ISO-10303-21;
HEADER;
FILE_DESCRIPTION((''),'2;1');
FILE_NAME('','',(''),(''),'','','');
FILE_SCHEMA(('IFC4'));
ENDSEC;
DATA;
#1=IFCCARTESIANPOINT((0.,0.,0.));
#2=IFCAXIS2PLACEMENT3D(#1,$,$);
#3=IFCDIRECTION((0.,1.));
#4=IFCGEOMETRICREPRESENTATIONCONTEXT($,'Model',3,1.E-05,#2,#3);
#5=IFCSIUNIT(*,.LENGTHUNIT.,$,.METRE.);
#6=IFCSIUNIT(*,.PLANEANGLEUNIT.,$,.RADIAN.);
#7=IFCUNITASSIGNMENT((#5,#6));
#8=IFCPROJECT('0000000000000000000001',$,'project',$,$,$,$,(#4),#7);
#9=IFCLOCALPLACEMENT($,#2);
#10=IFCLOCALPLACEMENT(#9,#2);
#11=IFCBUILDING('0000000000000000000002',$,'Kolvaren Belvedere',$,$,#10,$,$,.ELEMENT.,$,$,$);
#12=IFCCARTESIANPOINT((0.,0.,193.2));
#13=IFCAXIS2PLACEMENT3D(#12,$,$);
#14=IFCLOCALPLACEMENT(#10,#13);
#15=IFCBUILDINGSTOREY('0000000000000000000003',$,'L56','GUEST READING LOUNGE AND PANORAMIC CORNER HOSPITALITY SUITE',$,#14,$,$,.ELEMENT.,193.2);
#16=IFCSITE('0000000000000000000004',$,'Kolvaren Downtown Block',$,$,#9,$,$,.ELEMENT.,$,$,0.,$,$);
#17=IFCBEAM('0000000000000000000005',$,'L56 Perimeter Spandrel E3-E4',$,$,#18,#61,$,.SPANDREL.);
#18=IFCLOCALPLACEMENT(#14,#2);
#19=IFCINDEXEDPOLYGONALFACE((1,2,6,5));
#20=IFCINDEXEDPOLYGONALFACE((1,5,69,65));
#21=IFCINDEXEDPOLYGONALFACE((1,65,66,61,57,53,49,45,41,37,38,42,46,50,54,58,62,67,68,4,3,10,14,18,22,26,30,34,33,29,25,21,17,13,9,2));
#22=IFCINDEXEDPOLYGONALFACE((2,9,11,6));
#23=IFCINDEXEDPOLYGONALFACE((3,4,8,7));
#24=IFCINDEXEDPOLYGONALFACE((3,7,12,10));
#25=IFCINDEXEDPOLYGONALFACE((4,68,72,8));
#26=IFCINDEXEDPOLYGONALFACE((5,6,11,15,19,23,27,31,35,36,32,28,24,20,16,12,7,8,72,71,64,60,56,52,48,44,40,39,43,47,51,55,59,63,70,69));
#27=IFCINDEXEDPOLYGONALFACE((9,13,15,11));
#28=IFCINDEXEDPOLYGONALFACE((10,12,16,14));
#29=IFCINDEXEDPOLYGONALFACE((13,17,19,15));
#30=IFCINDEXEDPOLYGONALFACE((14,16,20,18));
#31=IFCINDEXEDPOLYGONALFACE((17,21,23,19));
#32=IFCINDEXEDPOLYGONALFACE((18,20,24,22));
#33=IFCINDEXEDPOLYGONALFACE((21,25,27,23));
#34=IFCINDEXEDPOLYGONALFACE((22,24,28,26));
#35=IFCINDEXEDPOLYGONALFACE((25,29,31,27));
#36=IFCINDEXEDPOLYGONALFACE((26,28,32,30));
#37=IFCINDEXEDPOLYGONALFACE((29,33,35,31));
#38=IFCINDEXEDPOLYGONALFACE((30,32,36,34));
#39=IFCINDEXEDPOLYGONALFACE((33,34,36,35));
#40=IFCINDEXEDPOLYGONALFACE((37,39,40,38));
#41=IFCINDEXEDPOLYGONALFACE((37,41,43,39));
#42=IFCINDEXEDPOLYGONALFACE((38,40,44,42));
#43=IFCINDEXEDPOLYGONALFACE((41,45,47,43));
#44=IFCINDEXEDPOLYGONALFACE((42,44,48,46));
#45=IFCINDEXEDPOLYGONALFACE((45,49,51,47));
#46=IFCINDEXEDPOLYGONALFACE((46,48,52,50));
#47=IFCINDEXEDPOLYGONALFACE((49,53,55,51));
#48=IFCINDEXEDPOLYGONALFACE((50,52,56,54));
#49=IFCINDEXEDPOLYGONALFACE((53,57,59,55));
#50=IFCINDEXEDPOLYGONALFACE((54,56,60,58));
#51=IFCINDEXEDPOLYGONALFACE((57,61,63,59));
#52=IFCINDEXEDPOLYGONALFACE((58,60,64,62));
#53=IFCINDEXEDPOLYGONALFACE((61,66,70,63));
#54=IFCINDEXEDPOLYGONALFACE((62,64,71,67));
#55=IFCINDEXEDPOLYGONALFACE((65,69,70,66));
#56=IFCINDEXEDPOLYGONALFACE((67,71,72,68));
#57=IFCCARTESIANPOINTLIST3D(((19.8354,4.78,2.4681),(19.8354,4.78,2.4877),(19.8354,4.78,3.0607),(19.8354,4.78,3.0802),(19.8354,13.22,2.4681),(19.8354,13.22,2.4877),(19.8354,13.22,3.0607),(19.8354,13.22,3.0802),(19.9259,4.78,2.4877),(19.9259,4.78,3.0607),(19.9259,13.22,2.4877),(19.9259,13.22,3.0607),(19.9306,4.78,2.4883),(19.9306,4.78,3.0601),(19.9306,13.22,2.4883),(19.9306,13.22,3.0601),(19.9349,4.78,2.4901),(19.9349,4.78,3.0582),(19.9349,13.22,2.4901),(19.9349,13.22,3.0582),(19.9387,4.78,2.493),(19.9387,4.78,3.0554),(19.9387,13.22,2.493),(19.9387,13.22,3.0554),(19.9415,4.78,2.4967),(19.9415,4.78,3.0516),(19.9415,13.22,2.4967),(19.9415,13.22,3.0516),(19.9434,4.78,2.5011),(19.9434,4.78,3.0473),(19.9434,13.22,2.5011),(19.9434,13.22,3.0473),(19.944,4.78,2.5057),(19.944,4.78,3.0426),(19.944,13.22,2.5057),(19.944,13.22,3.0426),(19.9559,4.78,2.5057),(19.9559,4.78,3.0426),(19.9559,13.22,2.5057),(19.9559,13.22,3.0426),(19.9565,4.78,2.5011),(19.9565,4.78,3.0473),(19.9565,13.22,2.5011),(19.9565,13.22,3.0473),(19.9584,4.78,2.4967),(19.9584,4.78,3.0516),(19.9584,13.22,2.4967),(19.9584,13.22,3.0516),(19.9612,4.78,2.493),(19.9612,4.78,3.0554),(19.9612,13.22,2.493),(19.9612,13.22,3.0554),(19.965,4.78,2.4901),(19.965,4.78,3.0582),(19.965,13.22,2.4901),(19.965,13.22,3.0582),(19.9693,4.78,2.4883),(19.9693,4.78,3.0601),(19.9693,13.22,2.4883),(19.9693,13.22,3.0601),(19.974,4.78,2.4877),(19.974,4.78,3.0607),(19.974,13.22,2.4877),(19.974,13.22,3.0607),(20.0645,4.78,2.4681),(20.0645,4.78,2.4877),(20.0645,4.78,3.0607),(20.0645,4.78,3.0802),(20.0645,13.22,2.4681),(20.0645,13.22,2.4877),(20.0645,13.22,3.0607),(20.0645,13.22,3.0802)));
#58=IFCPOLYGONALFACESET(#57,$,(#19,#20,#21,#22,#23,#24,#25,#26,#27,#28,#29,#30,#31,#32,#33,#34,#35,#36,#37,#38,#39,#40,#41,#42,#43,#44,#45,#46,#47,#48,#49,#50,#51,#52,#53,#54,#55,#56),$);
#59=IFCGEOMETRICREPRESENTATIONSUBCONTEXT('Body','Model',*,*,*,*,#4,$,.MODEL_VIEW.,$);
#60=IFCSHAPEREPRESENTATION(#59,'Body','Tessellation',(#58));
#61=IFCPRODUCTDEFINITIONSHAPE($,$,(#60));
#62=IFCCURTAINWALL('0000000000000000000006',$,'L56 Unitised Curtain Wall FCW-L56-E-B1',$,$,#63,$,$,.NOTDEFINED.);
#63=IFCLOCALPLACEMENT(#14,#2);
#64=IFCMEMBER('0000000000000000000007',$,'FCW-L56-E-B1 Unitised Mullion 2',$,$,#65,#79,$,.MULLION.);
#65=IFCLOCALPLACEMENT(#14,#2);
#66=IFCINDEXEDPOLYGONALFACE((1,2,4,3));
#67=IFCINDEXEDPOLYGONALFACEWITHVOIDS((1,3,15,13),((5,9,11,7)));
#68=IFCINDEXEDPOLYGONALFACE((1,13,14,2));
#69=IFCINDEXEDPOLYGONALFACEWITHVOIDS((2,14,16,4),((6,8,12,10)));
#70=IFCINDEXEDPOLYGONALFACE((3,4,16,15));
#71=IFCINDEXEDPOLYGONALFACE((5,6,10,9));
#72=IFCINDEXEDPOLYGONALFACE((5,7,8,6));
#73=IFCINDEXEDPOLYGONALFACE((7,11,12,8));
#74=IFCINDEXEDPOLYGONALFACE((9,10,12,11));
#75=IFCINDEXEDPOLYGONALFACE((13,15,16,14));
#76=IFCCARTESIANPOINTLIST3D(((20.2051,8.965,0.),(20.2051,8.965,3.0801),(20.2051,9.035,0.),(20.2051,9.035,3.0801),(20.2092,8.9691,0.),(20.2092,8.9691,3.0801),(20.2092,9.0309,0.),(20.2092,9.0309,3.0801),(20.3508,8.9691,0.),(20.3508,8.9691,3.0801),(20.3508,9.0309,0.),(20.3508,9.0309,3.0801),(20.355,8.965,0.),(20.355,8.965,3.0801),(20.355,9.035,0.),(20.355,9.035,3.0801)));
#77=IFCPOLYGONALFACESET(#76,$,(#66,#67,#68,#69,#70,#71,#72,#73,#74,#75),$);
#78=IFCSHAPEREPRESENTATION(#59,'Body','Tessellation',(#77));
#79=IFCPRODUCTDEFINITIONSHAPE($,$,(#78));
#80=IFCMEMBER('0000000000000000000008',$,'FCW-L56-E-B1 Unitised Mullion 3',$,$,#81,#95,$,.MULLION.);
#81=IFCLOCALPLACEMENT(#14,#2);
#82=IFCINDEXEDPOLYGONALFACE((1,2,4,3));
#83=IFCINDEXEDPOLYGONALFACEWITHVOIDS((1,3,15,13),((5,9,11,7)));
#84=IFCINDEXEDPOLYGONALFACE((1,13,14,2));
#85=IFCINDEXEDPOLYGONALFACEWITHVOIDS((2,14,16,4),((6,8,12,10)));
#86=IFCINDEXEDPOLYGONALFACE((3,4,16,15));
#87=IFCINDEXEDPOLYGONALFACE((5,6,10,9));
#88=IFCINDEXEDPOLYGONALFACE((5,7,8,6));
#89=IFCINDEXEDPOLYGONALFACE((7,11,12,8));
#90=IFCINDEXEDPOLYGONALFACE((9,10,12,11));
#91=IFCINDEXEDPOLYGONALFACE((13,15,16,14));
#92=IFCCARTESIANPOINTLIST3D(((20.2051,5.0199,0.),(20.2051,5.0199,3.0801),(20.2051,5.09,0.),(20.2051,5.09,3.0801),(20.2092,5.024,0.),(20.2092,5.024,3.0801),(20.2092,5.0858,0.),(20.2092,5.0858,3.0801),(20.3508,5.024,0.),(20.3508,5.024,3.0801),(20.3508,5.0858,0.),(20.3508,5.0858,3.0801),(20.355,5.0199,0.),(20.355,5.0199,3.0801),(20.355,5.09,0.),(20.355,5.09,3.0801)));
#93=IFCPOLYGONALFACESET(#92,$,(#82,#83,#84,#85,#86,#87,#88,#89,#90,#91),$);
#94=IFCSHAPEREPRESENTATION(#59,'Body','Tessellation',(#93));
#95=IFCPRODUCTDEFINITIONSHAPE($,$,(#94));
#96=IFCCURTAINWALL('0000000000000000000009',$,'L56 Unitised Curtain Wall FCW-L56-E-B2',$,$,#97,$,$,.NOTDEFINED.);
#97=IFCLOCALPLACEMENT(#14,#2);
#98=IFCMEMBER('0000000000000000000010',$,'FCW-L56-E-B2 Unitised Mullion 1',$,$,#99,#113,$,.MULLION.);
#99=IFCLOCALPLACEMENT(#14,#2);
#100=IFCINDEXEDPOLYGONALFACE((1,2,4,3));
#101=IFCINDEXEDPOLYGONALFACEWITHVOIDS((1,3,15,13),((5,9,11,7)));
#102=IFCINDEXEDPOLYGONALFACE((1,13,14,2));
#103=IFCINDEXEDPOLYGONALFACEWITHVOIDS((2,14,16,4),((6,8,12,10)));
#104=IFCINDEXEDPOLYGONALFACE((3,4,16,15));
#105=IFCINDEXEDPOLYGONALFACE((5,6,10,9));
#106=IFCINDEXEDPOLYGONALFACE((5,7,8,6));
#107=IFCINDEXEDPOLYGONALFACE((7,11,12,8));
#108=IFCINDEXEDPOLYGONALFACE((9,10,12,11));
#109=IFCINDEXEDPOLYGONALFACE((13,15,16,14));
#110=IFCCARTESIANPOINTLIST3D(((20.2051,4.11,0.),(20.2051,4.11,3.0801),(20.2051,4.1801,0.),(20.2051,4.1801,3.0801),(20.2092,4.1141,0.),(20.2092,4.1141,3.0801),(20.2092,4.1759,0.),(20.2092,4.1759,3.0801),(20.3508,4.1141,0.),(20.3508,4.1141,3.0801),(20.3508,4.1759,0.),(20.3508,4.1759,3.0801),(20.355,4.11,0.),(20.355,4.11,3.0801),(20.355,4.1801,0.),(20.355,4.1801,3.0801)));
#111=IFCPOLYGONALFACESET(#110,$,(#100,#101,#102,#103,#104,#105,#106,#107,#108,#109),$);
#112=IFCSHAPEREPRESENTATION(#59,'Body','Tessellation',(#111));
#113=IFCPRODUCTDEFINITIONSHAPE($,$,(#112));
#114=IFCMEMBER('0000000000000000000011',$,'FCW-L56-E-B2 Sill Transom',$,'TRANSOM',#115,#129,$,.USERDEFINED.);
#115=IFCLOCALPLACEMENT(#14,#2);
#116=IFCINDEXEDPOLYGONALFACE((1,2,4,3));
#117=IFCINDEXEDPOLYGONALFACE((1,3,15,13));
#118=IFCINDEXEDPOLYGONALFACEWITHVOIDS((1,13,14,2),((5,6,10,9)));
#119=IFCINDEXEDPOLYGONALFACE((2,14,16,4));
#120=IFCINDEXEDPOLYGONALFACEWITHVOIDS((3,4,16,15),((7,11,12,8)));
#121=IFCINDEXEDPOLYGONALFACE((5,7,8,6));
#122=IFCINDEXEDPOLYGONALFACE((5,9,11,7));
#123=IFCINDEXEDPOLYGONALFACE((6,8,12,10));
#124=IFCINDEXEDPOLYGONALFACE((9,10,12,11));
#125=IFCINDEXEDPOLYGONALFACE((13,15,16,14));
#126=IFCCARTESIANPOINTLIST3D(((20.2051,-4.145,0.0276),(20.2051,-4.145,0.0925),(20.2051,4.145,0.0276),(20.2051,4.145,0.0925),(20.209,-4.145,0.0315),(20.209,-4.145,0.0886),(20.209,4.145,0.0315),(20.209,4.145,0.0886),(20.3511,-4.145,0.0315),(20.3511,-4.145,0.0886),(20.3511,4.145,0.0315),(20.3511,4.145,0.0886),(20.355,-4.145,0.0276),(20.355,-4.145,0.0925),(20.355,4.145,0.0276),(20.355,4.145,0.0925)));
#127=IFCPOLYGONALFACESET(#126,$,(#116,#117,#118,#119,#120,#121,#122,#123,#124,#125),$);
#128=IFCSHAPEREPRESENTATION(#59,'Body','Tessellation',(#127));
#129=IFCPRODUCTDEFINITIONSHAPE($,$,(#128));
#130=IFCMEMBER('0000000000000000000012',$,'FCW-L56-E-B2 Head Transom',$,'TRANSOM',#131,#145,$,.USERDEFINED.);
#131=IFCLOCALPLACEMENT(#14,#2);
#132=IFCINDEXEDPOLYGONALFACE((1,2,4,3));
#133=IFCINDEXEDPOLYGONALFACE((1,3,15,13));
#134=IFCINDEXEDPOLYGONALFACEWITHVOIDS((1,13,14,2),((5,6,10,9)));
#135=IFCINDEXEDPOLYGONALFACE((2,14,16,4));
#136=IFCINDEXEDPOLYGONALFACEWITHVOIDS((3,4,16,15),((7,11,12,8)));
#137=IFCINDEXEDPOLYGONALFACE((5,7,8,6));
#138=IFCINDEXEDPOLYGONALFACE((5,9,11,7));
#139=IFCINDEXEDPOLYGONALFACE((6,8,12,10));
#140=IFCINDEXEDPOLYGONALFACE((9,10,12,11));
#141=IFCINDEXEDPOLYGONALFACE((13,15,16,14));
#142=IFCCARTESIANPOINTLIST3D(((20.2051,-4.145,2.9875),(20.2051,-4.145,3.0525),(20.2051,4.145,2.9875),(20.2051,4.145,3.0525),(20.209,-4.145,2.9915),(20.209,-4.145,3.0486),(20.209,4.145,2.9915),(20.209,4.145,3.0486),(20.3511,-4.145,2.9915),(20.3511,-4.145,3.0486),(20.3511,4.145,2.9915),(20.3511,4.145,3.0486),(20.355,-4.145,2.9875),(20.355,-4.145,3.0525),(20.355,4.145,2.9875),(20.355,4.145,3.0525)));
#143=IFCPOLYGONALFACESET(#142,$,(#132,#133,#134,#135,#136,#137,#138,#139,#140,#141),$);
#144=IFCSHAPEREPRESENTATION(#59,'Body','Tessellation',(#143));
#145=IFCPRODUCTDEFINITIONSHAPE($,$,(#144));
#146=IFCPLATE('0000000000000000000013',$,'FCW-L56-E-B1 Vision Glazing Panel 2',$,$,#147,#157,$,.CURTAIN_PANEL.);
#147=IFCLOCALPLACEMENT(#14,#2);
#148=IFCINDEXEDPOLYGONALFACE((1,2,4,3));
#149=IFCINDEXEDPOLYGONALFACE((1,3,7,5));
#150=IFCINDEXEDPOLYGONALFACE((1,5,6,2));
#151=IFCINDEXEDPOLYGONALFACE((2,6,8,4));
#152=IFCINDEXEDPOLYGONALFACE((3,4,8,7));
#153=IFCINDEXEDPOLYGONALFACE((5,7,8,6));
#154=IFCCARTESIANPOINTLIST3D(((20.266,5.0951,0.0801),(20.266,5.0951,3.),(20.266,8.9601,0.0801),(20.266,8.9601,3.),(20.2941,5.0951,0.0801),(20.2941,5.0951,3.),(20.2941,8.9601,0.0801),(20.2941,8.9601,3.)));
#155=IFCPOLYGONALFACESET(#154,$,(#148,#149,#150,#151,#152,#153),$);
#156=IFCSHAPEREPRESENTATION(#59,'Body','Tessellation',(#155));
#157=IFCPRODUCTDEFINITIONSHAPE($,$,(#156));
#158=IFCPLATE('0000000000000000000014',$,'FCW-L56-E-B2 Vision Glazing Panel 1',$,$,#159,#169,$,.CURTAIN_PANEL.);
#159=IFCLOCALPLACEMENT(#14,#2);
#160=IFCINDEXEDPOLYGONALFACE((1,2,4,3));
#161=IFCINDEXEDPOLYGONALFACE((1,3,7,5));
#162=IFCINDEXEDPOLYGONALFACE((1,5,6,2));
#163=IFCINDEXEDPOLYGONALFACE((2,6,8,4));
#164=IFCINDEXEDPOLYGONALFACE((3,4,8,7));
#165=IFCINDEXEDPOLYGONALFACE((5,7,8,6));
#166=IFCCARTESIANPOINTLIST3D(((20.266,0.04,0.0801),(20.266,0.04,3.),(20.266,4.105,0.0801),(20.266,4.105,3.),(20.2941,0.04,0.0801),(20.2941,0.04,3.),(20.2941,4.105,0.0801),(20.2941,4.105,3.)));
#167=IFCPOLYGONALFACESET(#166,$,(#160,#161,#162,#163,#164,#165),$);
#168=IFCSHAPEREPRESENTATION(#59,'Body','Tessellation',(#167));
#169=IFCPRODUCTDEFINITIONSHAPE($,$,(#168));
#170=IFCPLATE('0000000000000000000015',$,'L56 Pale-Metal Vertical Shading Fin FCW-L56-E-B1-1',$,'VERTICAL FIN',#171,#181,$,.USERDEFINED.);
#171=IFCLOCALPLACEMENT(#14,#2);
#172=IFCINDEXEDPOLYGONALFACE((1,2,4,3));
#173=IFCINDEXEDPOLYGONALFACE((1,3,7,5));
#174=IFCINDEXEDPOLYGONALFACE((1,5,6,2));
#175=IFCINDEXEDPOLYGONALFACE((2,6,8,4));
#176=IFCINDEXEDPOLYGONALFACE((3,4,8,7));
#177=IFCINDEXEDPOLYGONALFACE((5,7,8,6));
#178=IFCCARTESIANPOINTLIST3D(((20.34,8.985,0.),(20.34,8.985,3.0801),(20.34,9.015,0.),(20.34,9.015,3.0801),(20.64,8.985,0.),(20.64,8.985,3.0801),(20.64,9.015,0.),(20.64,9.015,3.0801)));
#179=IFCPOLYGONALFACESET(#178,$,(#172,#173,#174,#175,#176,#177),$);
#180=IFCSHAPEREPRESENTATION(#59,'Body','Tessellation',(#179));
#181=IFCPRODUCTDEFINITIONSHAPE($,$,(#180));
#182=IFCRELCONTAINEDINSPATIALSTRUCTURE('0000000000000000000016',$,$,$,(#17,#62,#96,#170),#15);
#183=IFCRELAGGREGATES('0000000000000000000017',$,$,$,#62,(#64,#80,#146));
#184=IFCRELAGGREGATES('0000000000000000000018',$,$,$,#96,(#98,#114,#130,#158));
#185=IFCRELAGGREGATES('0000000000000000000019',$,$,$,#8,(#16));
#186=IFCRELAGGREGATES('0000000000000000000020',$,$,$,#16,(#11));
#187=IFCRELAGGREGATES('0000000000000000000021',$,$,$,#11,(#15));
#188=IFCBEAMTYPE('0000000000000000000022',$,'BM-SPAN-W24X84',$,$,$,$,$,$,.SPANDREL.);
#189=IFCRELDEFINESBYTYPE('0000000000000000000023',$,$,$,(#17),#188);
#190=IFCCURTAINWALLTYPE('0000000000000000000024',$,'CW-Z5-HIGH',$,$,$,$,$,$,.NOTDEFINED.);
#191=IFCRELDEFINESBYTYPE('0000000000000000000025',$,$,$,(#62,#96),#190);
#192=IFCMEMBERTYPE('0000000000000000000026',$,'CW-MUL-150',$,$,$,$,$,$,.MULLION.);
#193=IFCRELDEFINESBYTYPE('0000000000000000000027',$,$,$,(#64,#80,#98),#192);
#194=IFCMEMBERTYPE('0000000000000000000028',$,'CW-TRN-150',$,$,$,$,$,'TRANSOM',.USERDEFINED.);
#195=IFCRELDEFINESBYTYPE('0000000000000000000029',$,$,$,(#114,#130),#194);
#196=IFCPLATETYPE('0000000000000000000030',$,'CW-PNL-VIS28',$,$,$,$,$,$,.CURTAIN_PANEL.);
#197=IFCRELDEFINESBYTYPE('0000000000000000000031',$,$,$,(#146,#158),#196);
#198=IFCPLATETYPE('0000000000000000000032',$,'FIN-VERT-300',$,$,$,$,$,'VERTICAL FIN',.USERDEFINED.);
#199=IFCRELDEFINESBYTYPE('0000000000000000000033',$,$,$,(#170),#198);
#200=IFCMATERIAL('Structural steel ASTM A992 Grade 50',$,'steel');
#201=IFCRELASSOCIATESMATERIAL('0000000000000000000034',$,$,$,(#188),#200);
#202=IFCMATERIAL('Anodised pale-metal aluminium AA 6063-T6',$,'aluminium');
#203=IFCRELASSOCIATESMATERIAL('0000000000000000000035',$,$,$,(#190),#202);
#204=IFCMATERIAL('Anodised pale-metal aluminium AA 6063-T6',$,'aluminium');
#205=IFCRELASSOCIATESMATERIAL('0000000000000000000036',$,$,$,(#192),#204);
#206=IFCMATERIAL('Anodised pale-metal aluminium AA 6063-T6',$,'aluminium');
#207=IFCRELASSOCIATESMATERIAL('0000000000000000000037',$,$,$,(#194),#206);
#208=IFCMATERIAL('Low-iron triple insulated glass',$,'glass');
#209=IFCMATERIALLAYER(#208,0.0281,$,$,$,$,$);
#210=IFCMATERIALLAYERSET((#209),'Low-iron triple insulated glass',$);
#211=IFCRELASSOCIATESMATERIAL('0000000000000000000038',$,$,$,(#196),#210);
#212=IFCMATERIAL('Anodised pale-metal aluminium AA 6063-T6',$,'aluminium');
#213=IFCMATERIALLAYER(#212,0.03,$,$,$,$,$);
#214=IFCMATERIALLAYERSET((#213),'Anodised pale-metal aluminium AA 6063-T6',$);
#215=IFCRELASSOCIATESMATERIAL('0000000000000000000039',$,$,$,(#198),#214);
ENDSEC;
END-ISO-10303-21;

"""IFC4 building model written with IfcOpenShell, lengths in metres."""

from ifc_helpers import new_model, si_unit, direction, frame, origin, origin_2d, place, context, subcontext, project, spatial, rectangle, hollow_rectangle, i_section, extrude, material, layer, layer_set, material_profile, profile_set, type_object, element, aggregate, save


model = new_model("IFC4")

# Units and contexts
model_context = context("Model", 3, precision=1e-05, world=origin(), true_north=direction((0.0, 1.0)))
body_context = subcontext(model_context, "Body", "Model", "MODEL_VIEW")
ifc_project = project(units=[si_unit("LENGTHUNIT", "METRE"), si_unit("PLANEANGLEUNIT", "RADIAN")], contexts=[model_context])

# Site, building, storey
site_placement = place(None, origin())
site = spatial("IfcSite", under=ifc_project, at=site_placement, Name="Kolvaren Downtown Block", CompositionType="ELEMENT", RefElevation=0.0)
building_placement = place(site_placement, origin())
building = spatial("IfcBuilding", under=site, at=building_placement, Name="Kolvaren Belvedere", CompositionType="ELEMENT")
storey_placement = place(building_placement, frame((0.0, 0.0, 193.2)))
storey = spatial("IfcBuildingStorey", under=building, at=storey_placement, Name="L56", Description="GUEST READING LOUNGE AND PANORAMIC CORNER HOSPITALITY SUITE", CompositionType="ELEMENT", Elevation=193.2)

# Beam
ifc_material_1 = material(Name="Structural steel ASTM A992 Grade 50", Category="steel")
ifc_material_profile_1 = material_profile(ifc_material_1, i_section(OverallWidth=0.229, OverallDepth=0.6121, WebThickness=0.012, FlangeThickness=0.0195, FilletRadius=0.0181, at=origin_2d()), Name="W24X84")
ifc_profile_set_1 = profile_set([ifc_material_profile_1], Name="Structural steel ASTM A992 Grade 50")
beam_type_1 = type_object("IfcBeamType", Name="BM-SPAN-W24X84", PredefinedType="SPANDREL", material=ifc_profile_set_1)
beam_1_placement = place(storey_placement, frame((19.95, 4.78, 2.7742), z_axis=(0.0, 1.0, 0.0), x_axis=(-1.0, 0.0, 0.0)))
element("IfcBeam", 1, at=beam_1_placement, inside=storey, type_object=beam_type_1, Name="L56 Perimeter Spandrel E3-E4", PredefinedType="SPANDREL", context=body_context, shape_type="SweptSolid", body=[
    extrude(i_section(OverallWidth=0.229, OverallDepth=0.6121, WebThickness=0.012, FlangeThickness=0.0195, FilletRadius=0.0181, at=origin_2d()), origin(), (0.0, 0.0, 1.0), 8.4399),
])

# Curtain walls, members
ifc_material_2 = material(Name="Anodised pale-metal aluminium AA 6063-T6", Category="aluminium")
curtain_wall_type = type_object("IfcCurtainWallType", Name="CW-Z5-HIGH", PredefinedType="NOTDEFINED", material=ifc_material_2)
curtain_wall_1_placement = place(storey_placement, origin())
curtain_wall_1 = element("IfcCurtainWall", 2, at=curtain_wall_1_placement, inside=storey, type_object=curtain_wall_type, Name="L56 Unitised Curtain Wall FCW-L56-E-B1", PredefinedType="NOTDEFINED")
ifc_material_3 = material(Name="Anodised pale-metal aluminium AA 6063-T6", Category="aluminium")
ifc_material_profile_2 = material_profile(ifc_material_3, hollow_rectangle(XDim=0.0701, YDim=0.1499, WallThickness=0.0042, at=origin_2d()), Name="ALU-MUL-150X70")
ifc_profile_set_2 = profile_set([ifc_material_profile_2], Name="Anodised pale-metal aluminium AA 6063-T6")
member_type_1 = type_object("IfcMemberType", Name="CW-MUL-150", PredefinedType="MULLION", material=ifc_profile_set_2)
member_1_placement = place(storey_placement, frame((20.28, 9.0, 0.0), z_axis=(0.0, 0.0, 1.0), x_axis=(0.0, 1.0, 0.0)))
member_1 = element("IfcMember", 3, at=member_1_placement, type_object=member_type_1, Name="FCW-L56-E-B1 Unitised Mullion 2", PredefinedType="MULLION", context=body_context, shape_type="SweptSolid", body=[
    extrude(hollow_rectangle(XDim=0.0701, YDim=0.1499, WallThickness=0.0042, at=origin_2d()), origin(), (0.0, 0.0, 1.0), 3.0801),
])
member_2_placement = place(storey_placement, frame((20.28, 5.0549, 0.0), z_axis=(0.0, 0.0, 1.0), x_axis=(0.0, 1.0, 0.0)))
member_2 = element("IfcMember", 4, at=member_2_placement, type_object=member_type_1, Name="FCW-L56-E-B1 Unitised Mullion 3", PredefinedType="MULLION", context=body_context, shape_type="SweptSolid", body=[
    extrude(hollow_rectangle(XDim=0.0701, YDim=0.1499, WallThickness=0.0042, at=origin_2d()), origin(), (0.0, 0.0, 1.0), 3.0801),
])
curtain_wall_2_placement = place(storey_placement, origin())
curtain_wall_2 = element("IfcCurtainWall", 5, at=curtain_wall_2_placement, inside=storey, type_object=curtain_wall_type, Name="L56 Unitised Curtain Wall FCW-L56-E-B2", PredefinedType="NOTDEFINED")
member_3_placement = place(storey_placement, frame((20.28, 4.145, 0.0), z_axis=(0.0, 0.0, 1.0), x_axis=(0.0, 1.0, 0.0)))
member_3 = element("IfcMember", 6, at=member_3_placement, type_object=member_type_1, Name="FCW-L56-E-B2 Unitised Mullion 1", PredefinedType="MULLION", context=body_context, shape_type="SweptSolid", body=[
    extrude(hollow_rectangle(XDim=0.0701, YDim=0.1499, WallThickness=0.0042, at=origin_2d()), origin(), (0.0, 0.0, 1.0), 3.0801),
])
ifc_material_4 = material(Name="Anodised pale-metal aluminium AA 6063-T6", Category="aluminium")
ifc_material_profile_3 = material_profile(ifc_material_4, hollow_rectangle(XDim=0.0649, YDim=0.1499, WallThickness=0.0039, at=origin_2d()), Name="ALU-TRN-150X65")
ifc_profile_set_3 = profile_set([ifc_material_profile_3], Name="Anodised pale-metal aluminium AA 6063-T6")
member_type_2 = type_object("IfcMemberType", Name="CW-TRN-150", ElementType="TRANSOM", PredefinedType="USERDEFINED", material=ifc_profile_set_3)
member_4_placement = place(storey_placement, frame((20.28, 4.145, 0.0601), z_axis=(0.0, -1.0, 0.0), x_axis=(0.0, 0.0, 1.0)))
member_4 = element("IfcMember", 7, at=member_4_placement, type_object=member_type_2, Name="FCW-L56-E-B2 Sill Transom", ObjectType="TRANSOM", PredefinedType="USERDEFINED", context=body_context, shape_type="SweptSolid", body=[
    extrude(hollow_rectangle(XDim=0.0649, YDim=0.1499, WallThickness=0.0039, at=origin_2d()), origin(), (0.0, 0.0, 1.0), 8.29),
])
member_5_placement = place(storey_placement, frame((20.28, 4.145, 3.02), z_axis=(0.0, -1.0, 0.0), x_axis=(0.0, 0.0, 1.0)))
member_5 = element("IfcMember", 8, at=member_5_placement, type_object=member_type_2, Name="FCW-L56-E-B2 Head Transom", ObjectType="TRANSOM", PredefinedType="USERDEFINED", context=body_context, shape_type="SweptSolid", body=[
    extrude(hollow_rectangle(XDim=0.0649, YDim=0.1499, WallThickness=0.0039, at=origin_2d()), origin(), (0.0, 0.0, 1.0), 8.29),
])

# Plates
ifc_material_5 = material(Name="Low-iron triple insulated glass", Category="glass")
ifc_layer_1 = layer(ifc_material_5, 0.0281)
ifc_layer_set_1 = layer_set([ifc_layer_1], Name="Low-iron triple insulated glass")
plate_type_1 = type_object("IfcPlateType", Name="CW-PNL-VIS28", PredefinedType="CURTAIN_PANEL", material=ifc_layer_set_1)
plate_1_placement = place(storey_placement, frame((20.28, 7.0276, 0.0801), z_axis=(0.0, 0.0, 1.0), x_axis=(0.0, -1.0, 0.0)))
plate_1 = element("IfcPlate", 9, at=plate_1_placement, type_object=plate_type_1, Name="FCW-L56-E-B1 Vision Glazing Panel 2", PredefinedType="CURTAIN_PANEL", context=body_context, shape_type="SweptSolid", body=[
    extrude(rectangle(XDim=3.865, YDim=0.0281, at=origin_2d()), origin(), (0.0, 0.0, 1.0), 2.9199),
])
aggregate(curtain_wall_1, [member_1, member_2, plate_1])
plate_2_placement = place(storey_placement, frame((20.28, 2.0725, 0.0801), z_axis=(0.0, 0.0, 1.0), x_axis=(0.0, -1.0, 0.0)))
plate_2 = element("IfcPlate", 10, at=plate_2_placement, type_object=plate_type_1, Name="FCW-L56-E-B2 Vision Glazing Panel 1", PredefinedType="CURTAIN_PANEL", context=body_context, shape_type="SweptSolid", body=[
    extrude(rectangle(XDim=4.0649, YDim=0.0281, at=origin_2d()), origin(), (0.0, 0.0, 1.0), 2.9199),
])
aggregate(curtain_wall_2, [member_3, member_4, member_5, plate_2])
ifc_material_6 = material(Name="Anodised pale-metal aluminium AA 6063-T6", Category="aluminium")
ifc_layer_2 = layer(ifc_material_6, 0.03)
ifc_layer_set_2 = layer_set([ifc_layer_2], Name="Anodised pale-metal aluminium AA 6063-T6")
plate_type_2 = type_object("IfcPlateType", Name="FIN-VERT-300", ElementType="VERTICAL FIN", PredefinedType="USERDEFINED", material=ifc_layer_set_2)
plate_3_placement = place(storey_placement, frame((20.49, 9.0, 0.0), z_axis=(0.0, 0.0, 1.0), x_axis=(1.0, 0.0, 0.0)))
element("IfcPlate", 11, at=plate_3_placement, inside=storey, type_object=plate_type_2, Name="L56 Pale-Metal Vertical Shading Fin FCW-L56-E-B1-1", ObjectType="VERTICAL FIN", PredefinedType="USERDEFINED", context=body_context, shape_type="SweptSolid", body=[
    extrude(rectangle(XDim=0.3, YDim=0.03, at=origin_2d()), origin(), (0.0, 0.0, 1.0), 3.0801),
])

save(model, "model.ifc")
